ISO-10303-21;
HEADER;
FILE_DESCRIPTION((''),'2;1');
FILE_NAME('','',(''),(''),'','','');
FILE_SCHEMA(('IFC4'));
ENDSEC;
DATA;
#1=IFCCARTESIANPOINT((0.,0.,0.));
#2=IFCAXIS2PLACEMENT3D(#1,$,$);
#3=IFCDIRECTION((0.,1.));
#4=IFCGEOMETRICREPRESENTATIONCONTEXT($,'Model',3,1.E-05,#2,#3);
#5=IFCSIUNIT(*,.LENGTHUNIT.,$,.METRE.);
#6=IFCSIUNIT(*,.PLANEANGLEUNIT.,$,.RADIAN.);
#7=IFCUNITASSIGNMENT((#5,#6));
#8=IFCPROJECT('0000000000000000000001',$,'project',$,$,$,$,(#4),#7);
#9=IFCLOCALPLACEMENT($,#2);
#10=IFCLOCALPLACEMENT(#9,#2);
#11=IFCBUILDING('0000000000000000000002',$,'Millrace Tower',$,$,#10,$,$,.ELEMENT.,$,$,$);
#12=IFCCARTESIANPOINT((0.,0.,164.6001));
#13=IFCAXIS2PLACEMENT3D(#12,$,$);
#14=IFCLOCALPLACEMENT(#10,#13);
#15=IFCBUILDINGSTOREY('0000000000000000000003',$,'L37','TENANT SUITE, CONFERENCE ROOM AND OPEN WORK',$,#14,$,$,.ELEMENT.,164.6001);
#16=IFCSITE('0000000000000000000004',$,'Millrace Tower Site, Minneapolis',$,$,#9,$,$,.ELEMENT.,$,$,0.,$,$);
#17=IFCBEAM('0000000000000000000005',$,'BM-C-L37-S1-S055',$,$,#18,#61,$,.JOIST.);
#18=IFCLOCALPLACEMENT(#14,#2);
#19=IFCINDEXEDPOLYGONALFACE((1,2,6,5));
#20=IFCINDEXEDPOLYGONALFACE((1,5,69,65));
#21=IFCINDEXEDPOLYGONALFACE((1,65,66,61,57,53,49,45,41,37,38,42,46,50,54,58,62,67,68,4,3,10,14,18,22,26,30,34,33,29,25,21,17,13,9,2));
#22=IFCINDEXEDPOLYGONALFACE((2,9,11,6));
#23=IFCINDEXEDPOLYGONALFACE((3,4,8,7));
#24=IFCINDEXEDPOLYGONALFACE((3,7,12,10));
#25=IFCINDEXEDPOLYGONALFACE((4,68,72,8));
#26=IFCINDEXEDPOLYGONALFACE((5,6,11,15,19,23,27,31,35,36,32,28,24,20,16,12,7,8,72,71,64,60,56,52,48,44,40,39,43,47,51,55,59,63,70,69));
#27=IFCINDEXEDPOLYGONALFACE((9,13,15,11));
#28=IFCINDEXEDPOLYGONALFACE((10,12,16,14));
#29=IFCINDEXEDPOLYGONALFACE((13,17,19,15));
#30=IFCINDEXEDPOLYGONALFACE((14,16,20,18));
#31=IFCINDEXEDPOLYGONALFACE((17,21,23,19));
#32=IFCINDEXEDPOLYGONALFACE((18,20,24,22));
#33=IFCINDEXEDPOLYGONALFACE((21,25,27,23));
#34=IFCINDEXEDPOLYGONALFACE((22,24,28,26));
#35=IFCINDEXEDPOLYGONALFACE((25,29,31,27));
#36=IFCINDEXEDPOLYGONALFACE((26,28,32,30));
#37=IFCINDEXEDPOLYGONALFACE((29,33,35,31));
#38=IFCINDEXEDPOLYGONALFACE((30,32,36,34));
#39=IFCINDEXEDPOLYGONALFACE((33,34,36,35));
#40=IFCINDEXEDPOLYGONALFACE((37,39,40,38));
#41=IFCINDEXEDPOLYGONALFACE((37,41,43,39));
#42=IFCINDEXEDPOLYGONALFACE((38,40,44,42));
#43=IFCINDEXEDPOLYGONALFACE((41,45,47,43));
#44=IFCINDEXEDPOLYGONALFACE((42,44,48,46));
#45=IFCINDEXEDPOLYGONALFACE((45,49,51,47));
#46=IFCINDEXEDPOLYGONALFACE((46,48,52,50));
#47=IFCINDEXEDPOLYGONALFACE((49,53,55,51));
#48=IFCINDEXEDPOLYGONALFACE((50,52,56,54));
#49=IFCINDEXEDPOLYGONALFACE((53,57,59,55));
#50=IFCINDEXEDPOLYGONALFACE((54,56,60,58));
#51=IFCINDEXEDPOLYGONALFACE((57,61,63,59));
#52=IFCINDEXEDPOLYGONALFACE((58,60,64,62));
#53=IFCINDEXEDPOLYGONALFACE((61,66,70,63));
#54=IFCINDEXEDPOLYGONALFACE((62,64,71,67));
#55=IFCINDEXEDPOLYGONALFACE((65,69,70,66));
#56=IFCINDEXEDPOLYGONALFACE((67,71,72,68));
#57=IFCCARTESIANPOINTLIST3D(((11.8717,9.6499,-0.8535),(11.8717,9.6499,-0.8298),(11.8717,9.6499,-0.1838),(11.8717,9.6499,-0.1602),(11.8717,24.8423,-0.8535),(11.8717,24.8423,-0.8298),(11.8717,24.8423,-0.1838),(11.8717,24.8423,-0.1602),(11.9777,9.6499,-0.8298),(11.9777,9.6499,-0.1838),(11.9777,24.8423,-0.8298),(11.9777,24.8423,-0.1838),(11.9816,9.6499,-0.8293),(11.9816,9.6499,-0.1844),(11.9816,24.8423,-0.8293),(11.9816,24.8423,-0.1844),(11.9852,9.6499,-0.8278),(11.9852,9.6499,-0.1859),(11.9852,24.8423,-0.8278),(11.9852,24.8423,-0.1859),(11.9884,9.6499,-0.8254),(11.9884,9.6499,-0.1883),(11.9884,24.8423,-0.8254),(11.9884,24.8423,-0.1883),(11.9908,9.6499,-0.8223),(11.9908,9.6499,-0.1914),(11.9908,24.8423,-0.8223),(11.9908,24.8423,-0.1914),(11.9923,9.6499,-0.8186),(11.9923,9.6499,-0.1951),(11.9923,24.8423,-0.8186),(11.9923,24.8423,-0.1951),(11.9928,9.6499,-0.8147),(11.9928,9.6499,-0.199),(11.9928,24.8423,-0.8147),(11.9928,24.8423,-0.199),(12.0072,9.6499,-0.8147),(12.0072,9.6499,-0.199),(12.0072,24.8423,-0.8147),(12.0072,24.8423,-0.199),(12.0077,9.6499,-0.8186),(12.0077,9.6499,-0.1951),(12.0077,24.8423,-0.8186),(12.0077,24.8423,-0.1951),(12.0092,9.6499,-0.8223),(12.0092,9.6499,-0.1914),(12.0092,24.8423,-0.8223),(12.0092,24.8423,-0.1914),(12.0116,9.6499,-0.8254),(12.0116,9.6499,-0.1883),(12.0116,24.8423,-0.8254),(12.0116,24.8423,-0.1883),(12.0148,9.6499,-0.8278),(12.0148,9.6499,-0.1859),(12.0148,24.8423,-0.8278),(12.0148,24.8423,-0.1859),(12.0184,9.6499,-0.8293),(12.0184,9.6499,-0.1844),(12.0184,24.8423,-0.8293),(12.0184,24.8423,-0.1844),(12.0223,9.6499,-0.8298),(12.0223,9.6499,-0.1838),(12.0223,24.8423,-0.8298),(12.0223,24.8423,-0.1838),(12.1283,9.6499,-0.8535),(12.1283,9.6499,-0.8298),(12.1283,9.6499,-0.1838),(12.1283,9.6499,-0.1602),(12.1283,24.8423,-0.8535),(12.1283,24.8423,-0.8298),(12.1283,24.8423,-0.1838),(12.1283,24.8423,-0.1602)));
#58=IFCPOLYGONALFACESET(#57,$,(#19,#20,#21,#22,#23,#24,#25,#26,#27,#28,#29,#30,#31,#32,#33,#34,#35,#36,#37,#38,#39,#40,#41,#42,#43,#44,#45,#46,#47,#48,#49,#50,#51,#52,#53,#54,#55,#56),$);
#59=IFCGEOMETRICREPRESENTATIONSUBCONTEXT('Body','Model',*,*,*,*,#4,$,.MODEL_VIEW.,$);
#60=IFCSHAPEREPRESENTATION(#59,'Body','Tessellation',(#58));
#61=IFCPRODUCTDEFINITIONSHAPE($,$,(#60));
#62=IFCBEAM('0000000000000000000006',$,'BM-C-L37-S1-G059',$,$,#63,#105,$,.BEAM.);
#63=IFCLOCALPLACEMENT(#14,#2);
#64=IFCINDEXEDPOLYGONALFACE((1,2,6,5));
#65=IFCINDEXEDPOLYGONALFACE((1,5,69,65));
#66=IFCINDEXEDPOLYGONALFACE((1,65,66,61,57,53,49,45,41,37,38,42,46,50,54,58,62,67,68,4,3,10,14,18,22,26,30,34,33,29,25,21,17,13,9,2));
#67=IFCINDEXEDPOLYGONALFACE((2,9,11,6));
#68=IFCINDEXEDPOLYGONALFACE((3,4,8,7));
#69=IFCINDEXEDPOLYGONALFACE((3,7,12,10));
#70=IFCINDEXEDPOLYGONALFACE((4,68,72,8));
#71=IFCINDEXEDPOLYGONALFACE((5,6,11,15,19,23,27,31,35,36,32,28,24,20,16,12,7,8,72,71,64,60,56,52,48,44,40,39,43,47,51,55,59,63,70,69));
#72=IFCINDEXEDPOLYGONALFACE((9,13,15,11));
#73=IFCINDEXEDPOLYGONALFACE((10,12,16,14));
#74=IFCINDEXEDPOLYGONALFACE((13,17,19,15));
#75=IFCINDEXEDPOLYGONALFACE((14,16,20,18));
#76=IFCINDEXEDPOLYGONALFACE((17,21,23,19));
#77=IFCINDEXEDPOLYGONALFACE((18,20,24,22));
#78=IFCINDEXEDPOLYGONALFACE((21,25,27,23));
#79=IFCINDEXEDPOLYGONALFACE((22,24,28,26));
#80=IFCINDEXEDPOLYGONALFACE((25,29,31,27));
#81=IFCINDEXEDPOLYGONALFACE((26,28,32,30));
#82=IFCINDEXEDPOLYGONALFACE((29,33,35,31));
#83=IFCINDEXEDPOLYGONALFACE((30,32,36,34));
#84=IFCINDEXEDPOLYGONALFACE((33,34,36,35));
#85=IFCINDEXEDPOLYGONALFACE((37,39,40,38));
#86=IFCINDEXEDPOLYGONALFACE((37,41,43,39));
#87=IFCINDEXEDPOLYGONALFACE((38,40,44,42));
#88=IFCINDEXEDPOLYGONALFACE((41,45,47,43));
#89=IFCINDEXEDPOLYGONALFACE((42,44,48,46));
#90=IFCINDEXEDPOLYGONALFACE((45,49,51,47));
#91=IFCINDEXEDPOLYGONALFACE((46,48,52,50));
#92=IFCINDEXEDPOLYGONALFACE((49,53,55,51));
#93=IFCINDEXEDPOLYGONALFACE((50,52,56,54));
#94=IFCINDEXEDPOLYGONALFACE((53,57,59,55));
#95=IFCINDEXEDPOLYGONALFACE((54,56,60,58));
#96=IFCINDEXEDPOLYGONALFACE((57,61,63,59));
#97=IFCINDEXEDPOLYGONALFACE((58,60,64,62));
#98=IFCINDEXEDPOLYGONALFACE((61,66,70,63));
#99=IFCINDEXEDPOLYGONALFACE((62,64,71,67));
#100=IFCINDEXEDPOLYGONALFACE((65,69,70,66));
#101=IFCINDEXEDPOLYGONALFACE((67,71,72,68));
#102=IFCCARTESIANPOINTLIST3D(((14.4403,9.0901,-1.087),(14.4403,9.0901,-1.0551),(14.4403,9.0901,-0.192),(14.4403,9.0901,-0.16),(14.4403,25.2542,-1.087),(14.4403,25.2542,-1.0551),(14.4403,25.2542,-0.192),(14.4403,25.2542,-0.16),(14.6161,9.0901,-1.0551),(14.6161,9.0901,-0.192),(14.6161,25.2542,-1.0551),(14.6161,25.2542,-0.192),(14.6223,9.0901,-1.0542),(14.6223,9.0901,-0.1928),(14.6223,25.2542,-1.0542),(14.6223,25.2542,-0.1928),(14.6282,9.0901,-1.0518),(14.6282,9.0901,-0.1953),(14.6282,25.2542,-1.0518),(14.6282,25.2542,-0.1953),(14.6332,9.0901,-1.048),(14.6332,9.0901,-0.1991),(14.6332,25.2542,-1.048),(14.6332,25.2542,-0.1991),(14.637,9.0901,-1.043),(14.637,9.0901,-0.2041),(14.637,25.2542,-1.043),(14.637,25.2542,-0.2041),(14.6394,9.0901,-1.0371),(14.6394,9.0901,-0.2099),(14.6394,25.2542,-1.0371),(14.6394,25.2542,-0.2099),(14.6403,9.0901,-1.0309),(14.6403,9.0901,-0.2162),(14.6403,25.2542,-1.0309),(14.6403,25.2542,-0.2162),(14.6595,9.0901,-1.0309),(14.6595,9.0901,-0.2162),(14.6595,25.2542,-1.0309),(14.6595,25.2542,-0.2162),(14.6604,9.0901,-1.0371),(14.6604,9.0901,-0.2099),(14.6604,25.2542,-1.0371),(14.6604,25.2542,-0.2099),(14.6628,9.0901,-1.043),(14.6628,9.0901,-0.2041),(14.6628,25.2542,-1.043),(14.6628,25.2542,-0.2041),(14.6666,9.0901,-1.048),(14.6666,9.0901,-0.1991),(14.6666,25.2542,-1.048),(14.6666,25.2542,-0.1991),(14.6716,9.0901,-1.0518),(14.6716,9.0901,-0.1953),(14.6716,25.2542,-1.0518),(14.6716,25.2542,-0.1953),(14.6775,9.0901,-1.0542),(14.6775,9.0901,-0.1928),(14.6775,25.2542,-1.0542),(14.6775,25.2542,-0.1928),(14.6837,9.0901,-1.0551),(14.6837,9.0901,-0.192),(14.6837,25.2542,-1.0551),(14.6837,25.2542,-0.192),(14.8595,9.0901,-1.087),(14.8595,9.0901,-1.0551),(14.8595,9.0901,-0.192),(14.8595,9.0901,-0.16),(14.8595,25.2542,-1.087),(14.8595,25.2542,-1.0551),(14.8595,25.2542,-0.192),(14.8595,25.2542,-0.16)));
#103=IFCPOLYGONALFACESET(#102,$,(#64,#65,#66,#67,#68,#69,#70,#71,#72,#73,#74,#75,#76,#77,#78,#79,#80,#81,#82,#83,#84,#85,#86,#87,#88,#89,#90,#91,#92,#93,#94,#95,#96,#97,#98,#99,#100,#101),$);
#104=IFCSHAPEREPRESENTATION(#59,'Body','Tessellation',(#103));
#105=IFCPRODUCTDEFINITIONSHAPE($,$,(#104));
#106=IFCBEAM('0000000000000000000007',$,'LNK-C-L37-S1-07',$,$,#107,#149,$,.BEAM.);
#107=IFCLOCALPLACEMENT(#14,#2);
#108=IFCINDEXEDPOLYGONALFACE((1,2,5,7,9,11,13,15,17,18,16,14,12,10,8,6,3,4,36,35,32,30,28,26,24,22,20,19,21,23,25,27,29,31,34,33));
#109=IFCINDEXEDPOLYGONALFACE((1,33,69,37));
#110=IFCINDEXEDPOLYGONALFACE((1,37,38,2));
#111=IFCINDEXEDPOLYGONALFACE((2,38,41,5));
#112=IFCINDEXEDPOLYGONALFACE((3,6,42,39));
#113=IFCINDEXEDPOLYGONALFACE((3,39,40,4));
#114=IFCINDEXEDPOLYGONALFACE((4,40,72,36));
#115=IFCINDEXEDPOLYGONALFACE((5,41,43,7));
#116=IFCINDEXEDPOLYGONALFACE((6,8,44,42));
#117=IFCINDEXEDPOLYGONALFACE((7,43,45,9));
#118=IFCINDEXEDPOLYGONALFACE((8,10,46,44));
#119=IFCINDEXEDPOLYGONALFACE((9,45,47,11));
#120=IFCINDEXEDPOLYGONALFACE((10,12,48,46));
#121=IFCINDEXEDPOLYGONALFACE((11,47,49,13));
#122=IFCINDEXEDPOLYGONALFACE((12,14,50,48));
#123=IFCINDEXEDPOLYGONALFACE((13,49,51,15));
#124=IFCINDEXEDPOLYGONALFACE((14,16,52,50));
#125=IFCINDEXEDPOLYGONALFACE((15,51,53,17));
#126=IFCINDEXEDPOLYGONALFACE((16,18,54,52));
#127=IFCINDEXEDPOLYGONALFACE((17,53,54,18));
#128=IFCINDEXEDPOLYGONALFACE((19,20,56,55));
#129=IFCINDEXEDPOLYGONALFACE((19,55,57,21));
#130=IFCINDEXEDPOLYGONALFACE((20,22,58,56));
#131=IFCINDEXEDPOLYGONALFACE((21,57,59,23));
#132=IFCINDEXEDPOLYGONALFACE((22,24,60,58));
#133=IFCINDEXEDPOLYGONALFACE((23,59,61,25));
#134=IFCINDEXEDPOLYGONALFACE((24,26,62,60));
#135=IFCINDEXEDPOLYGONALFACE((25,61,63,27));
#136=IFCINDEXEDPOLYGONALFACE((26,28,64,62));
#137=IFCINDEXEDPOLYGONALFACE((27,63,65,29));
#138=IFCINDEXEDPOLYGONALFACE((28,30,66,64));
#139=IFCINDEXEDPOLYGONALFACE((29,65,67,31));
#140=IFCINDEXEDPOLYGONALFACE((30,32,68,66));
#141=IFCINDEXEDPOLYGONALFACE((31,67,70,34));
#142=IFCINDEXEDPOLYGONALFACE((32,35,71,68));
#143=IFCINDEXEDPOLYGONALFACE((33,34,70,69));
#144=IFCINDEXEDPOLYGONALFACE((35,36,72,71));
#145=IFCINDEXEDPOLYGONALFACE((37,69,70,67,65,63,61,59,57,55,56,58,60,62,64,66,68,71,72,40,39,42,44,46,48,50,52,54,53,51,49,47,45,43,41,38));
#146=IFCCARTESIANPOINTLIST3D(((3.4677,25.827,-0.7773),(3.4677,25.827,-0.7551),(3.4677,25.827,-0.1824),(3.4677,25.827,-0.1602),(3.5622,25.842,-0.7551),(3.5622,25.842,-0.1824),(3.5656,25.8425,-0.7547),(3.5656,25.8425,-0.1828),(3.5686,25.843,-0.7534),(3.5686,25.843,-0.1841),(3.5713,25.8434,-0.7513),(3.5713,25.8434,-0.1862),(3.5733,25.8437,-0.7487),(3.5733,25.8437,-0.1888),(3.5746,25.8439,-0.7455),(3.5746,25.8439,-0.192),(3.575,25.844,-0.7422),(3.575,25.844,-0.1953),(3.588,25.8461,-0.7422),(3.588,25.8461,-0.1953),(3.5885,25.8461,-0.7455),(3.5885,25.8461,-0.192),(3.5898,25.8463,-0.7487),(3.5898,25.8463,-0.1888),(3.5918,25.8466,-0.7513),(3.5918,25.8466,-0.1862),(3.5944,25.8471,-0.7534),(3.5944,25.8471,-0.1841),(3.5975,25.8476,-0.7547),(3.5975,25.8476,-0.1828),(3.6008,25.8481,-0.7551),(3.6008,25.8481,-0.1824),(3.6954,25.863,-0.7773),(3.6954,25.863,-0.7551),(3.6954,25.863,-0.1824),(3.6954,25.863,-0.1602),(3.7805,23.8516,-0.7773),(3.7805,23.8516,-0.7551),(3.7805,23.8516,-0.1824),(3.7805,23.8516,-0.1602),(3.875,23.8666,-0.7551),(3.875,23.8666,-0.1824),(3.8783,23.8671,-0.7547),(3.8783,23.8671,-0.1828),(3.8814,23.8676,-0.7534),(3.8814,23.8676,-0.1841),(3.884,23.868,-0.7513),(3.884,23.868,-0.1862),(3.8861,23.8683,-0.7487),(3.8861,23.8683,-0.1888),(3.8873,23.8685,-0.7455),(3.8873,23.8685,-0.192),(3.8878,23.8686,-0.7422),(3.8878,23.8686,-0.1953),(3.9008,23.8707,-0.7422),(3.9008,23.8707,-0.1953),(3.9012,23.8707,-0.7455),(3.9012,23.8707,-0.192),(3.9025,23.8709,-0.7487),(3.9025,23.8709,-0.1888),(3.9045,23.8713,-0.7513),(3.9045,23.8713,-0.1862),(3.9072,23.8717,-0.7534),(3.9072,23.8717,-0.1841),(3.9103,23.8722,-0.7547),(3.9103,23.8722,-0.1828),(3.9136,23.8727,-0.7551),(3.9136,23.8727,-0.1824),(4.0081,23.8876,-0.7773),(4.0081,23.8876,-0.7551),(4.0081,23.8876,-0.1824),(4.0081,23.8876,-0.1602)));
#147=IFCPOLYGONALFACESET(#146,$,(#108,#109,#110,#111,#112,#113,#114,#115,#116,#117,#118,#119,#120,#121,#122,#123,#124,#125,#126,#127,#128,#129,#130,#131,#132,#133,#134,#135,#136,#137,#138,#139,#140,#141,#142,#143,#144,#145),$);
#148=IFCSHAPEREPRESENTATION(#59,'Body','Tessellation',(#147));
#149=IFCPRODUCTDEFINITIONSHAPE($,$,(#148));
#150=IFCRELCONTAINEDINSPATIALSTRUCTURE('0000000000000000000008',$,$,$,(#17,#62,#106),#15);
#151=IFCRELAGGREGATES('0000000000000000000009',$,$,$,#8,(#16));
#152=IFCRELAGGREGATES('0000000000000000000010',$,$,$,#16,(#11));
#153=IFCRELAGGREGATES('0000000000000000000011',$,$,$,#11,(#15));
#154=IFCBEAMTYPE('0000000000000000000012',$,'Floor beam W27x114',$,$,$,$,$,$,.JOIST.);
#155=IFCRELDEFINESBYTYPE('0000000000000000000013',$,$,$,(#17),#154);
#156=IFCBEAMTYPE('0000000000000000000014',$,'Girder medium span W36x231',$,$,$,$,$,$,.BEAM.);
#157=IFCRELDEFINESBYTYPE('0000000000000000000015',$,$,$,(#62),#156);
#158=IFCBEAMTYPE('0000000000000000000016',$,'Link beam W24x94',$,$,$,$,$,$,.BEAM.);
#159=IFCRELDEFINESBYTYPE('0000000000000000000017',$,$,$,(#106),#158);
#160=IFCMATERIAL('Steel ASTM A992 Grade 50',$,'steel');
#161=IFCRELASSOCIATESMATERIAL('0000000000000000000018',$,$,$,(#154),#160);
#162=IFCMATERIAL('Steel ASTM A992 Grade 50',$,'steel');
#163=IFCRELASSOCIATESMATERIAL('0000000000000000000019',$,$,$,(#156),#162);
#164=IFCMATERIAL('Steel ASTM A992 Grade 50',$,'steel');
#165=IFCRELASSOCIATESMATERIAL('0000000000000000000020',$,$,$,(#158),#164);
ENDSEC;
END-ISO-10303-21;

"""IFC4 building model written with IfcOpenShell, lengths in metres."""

from ifc_helpers import new_model, si_unit, direction, frame, origin, origin_2d, place, context, subcontext, project, spatial, i_section, extrude, material, material_profile, profile_set, type_object, element, save


model = new_model("IFC4")

# Units and contexts
model_context = context("Model", 3, precision=1e-05, world=origin(), true_north=direction((0.0, 1.0)))
body_context = subcontext(model_context, "Body", "Model", "MODEL_VIEW")
ifc_project = project(units=[si_unit("LENGTHUNIT", "METRE"), si_unit("PLANEANGLEUNIT", "RADIAN")], contexts=[model_context])

# Site, building, storey
site_placement = place(None, origin())
site = spatial("IfcSite", under=ifc_project, at=site_placement, Name="Millrace Tower Site, Minneapolis", CompositionType="ELEMENT", RefElevation=0.0)
building_placement = place(site_placement, origin())
building = spatial("IfcBuilding", under=site, at=building_placement, Name="Millrace Tower", CompositionType="ELEMENT")
storey_placement = place(building_placement, frame((0.0, 0.0, 164.6001)))
storey = spatial("IfcBuildingStorey", under=building, at=storey_placement, Name="L37", Description="TENANT SUITE, CONFERENCE ROOM AND OPEN WORK", CompositionType="ELEMENT", Elevation=164.6001)

# Beams
ifc_material_1 = material(Name="Steel ASTM A992 Grade 50", Category="steel")
ifc_material_profile_1 = material_profile(ifc_material_1, i_section(OverallWidth=0.2566, OverallDepth=0.6934, WebThickness=0.0144, FlangeThickness=0.0237, FilletRadius=0.0151, at=origin_2d()))
ifc_profile_set_1 = profile_set([ifc_material_profile_1], Name="Steel ASTM A992 Grade 50")
beam_type_1 = type_object("IfcBeamType", Name="Floor beam W27x114", PredefinedType="JOIST", material=ifc_profile_set_1)
beam_1_placement = place(storey_placement, frame((12.0, 9.6499, -0.5068), z_axis=(0.0, 1.0, 0.0), x_axis=(-1.0, 0.0, 0.0)))
element("IfcBeam", 1, at=beam_1_placement, inside=storey, type_object=beam_type_1, Name="BM-C-L37-S1-S055", PredefinedType="JOIST", context=body_context, shape_type="SweptSolid", body=[
    extrude(i_section(OverallWidth=0.2566, OverallDepth=0.6934, WebThickness=0.0144, FlangeThickness=0.0237, FilletRadius=0.0151, at=origin_2d()), origin(), (0.0, 0.0, 1.0), 15.1924),
])
ifc_material_2 = material(Name="Steel ASTM A992 Grade 50", Category="steel")
ifc_material_profile_2 = material_profile(ifc_material_2, i_section(OverallWidth=0.4192, OverallDepth=0.927, WebThickness=0.0193, FlangeThickness=0.032, FilletRadius=0.0242, at=origin_2d()))
ifc_profile_set_2 = profile_set([ifc_material_profile_2], Name="Steel ASTM A992 Grade 50")
beam_type_2 = type_object("IfcBeamType", Name="Girder medium span W36x231", PredefinedType="BEAM", material=ifc_profile_set_2)
beam_2_placement = place(storey_placement, frame((14.6499, 9.0901, -0.6235), z_axis=(0.0, 1.0, 0.0), x_axis=(-1.0, 0.0, 0.0)))
element("IfcBeam", 2, at=beam_2_placement, inside=storey, type_object=beam_type_2, Name="BM-C-L37-S1-G059", PredefinedType="BEAM", context=body_context, shape_type="SweptSolid", body=[
    extrude(i_section(OverallWidth=0.4192, OverallDepth=0.927, WebThickness=0.0193, FlangeThickness=0.032, FilletRadius=0.0242, at=origin_2d()), origin(), (0.0, 0.0, 1.0), 16.1641),
])
ifc_material_3 = material(Name="Steel ASTM A992 Grade 50", Category="steel")
ifc_material_profile_3 = material_profile(ifc_material_3, i_section(OverallWidth=0.2305, OverallDepth=0.6172, WebThickness=0.0132, FlangeThickness=0.0222, FilletRadius=0.0129, at=origin_2d()))
ifc_profile_set_3 = profile_set([ifc_material_profile_3], Name="Steel ASTM A992 Grade 50")
beam_type_3 = type_object("IfcBeamType", Name="Link beam W24x94", PredefinedType="BEAM", material=ifc_profile_set_3)
beam_3_placement = place(storey_placement, frame((3.8943, 23.8696, -0.4688), z_axis=(-0.156376, 0.987698, 0.0), x_axis=(-0.987698, -0.156376, 0.0)))
element("IfcBeam", 3, at=beam_3_placement, inside=storey, type_object=beam_type_3, Name="LNK-C-L37-S1-07", PredefinedType="BEAM", context=body_context, shape_type="SweptSolid", body=[
    extrude(i_section(OverallWidth=0.2305, OverallDepth=0.6172, WebThickness=0.0132, FlangeThickness=0.0222, FilletRadius=0.0129, at=origin_2d()), origin(), (0.0, 0.0, 1.0), 2.0),
])

save(model, "model.ifc")
